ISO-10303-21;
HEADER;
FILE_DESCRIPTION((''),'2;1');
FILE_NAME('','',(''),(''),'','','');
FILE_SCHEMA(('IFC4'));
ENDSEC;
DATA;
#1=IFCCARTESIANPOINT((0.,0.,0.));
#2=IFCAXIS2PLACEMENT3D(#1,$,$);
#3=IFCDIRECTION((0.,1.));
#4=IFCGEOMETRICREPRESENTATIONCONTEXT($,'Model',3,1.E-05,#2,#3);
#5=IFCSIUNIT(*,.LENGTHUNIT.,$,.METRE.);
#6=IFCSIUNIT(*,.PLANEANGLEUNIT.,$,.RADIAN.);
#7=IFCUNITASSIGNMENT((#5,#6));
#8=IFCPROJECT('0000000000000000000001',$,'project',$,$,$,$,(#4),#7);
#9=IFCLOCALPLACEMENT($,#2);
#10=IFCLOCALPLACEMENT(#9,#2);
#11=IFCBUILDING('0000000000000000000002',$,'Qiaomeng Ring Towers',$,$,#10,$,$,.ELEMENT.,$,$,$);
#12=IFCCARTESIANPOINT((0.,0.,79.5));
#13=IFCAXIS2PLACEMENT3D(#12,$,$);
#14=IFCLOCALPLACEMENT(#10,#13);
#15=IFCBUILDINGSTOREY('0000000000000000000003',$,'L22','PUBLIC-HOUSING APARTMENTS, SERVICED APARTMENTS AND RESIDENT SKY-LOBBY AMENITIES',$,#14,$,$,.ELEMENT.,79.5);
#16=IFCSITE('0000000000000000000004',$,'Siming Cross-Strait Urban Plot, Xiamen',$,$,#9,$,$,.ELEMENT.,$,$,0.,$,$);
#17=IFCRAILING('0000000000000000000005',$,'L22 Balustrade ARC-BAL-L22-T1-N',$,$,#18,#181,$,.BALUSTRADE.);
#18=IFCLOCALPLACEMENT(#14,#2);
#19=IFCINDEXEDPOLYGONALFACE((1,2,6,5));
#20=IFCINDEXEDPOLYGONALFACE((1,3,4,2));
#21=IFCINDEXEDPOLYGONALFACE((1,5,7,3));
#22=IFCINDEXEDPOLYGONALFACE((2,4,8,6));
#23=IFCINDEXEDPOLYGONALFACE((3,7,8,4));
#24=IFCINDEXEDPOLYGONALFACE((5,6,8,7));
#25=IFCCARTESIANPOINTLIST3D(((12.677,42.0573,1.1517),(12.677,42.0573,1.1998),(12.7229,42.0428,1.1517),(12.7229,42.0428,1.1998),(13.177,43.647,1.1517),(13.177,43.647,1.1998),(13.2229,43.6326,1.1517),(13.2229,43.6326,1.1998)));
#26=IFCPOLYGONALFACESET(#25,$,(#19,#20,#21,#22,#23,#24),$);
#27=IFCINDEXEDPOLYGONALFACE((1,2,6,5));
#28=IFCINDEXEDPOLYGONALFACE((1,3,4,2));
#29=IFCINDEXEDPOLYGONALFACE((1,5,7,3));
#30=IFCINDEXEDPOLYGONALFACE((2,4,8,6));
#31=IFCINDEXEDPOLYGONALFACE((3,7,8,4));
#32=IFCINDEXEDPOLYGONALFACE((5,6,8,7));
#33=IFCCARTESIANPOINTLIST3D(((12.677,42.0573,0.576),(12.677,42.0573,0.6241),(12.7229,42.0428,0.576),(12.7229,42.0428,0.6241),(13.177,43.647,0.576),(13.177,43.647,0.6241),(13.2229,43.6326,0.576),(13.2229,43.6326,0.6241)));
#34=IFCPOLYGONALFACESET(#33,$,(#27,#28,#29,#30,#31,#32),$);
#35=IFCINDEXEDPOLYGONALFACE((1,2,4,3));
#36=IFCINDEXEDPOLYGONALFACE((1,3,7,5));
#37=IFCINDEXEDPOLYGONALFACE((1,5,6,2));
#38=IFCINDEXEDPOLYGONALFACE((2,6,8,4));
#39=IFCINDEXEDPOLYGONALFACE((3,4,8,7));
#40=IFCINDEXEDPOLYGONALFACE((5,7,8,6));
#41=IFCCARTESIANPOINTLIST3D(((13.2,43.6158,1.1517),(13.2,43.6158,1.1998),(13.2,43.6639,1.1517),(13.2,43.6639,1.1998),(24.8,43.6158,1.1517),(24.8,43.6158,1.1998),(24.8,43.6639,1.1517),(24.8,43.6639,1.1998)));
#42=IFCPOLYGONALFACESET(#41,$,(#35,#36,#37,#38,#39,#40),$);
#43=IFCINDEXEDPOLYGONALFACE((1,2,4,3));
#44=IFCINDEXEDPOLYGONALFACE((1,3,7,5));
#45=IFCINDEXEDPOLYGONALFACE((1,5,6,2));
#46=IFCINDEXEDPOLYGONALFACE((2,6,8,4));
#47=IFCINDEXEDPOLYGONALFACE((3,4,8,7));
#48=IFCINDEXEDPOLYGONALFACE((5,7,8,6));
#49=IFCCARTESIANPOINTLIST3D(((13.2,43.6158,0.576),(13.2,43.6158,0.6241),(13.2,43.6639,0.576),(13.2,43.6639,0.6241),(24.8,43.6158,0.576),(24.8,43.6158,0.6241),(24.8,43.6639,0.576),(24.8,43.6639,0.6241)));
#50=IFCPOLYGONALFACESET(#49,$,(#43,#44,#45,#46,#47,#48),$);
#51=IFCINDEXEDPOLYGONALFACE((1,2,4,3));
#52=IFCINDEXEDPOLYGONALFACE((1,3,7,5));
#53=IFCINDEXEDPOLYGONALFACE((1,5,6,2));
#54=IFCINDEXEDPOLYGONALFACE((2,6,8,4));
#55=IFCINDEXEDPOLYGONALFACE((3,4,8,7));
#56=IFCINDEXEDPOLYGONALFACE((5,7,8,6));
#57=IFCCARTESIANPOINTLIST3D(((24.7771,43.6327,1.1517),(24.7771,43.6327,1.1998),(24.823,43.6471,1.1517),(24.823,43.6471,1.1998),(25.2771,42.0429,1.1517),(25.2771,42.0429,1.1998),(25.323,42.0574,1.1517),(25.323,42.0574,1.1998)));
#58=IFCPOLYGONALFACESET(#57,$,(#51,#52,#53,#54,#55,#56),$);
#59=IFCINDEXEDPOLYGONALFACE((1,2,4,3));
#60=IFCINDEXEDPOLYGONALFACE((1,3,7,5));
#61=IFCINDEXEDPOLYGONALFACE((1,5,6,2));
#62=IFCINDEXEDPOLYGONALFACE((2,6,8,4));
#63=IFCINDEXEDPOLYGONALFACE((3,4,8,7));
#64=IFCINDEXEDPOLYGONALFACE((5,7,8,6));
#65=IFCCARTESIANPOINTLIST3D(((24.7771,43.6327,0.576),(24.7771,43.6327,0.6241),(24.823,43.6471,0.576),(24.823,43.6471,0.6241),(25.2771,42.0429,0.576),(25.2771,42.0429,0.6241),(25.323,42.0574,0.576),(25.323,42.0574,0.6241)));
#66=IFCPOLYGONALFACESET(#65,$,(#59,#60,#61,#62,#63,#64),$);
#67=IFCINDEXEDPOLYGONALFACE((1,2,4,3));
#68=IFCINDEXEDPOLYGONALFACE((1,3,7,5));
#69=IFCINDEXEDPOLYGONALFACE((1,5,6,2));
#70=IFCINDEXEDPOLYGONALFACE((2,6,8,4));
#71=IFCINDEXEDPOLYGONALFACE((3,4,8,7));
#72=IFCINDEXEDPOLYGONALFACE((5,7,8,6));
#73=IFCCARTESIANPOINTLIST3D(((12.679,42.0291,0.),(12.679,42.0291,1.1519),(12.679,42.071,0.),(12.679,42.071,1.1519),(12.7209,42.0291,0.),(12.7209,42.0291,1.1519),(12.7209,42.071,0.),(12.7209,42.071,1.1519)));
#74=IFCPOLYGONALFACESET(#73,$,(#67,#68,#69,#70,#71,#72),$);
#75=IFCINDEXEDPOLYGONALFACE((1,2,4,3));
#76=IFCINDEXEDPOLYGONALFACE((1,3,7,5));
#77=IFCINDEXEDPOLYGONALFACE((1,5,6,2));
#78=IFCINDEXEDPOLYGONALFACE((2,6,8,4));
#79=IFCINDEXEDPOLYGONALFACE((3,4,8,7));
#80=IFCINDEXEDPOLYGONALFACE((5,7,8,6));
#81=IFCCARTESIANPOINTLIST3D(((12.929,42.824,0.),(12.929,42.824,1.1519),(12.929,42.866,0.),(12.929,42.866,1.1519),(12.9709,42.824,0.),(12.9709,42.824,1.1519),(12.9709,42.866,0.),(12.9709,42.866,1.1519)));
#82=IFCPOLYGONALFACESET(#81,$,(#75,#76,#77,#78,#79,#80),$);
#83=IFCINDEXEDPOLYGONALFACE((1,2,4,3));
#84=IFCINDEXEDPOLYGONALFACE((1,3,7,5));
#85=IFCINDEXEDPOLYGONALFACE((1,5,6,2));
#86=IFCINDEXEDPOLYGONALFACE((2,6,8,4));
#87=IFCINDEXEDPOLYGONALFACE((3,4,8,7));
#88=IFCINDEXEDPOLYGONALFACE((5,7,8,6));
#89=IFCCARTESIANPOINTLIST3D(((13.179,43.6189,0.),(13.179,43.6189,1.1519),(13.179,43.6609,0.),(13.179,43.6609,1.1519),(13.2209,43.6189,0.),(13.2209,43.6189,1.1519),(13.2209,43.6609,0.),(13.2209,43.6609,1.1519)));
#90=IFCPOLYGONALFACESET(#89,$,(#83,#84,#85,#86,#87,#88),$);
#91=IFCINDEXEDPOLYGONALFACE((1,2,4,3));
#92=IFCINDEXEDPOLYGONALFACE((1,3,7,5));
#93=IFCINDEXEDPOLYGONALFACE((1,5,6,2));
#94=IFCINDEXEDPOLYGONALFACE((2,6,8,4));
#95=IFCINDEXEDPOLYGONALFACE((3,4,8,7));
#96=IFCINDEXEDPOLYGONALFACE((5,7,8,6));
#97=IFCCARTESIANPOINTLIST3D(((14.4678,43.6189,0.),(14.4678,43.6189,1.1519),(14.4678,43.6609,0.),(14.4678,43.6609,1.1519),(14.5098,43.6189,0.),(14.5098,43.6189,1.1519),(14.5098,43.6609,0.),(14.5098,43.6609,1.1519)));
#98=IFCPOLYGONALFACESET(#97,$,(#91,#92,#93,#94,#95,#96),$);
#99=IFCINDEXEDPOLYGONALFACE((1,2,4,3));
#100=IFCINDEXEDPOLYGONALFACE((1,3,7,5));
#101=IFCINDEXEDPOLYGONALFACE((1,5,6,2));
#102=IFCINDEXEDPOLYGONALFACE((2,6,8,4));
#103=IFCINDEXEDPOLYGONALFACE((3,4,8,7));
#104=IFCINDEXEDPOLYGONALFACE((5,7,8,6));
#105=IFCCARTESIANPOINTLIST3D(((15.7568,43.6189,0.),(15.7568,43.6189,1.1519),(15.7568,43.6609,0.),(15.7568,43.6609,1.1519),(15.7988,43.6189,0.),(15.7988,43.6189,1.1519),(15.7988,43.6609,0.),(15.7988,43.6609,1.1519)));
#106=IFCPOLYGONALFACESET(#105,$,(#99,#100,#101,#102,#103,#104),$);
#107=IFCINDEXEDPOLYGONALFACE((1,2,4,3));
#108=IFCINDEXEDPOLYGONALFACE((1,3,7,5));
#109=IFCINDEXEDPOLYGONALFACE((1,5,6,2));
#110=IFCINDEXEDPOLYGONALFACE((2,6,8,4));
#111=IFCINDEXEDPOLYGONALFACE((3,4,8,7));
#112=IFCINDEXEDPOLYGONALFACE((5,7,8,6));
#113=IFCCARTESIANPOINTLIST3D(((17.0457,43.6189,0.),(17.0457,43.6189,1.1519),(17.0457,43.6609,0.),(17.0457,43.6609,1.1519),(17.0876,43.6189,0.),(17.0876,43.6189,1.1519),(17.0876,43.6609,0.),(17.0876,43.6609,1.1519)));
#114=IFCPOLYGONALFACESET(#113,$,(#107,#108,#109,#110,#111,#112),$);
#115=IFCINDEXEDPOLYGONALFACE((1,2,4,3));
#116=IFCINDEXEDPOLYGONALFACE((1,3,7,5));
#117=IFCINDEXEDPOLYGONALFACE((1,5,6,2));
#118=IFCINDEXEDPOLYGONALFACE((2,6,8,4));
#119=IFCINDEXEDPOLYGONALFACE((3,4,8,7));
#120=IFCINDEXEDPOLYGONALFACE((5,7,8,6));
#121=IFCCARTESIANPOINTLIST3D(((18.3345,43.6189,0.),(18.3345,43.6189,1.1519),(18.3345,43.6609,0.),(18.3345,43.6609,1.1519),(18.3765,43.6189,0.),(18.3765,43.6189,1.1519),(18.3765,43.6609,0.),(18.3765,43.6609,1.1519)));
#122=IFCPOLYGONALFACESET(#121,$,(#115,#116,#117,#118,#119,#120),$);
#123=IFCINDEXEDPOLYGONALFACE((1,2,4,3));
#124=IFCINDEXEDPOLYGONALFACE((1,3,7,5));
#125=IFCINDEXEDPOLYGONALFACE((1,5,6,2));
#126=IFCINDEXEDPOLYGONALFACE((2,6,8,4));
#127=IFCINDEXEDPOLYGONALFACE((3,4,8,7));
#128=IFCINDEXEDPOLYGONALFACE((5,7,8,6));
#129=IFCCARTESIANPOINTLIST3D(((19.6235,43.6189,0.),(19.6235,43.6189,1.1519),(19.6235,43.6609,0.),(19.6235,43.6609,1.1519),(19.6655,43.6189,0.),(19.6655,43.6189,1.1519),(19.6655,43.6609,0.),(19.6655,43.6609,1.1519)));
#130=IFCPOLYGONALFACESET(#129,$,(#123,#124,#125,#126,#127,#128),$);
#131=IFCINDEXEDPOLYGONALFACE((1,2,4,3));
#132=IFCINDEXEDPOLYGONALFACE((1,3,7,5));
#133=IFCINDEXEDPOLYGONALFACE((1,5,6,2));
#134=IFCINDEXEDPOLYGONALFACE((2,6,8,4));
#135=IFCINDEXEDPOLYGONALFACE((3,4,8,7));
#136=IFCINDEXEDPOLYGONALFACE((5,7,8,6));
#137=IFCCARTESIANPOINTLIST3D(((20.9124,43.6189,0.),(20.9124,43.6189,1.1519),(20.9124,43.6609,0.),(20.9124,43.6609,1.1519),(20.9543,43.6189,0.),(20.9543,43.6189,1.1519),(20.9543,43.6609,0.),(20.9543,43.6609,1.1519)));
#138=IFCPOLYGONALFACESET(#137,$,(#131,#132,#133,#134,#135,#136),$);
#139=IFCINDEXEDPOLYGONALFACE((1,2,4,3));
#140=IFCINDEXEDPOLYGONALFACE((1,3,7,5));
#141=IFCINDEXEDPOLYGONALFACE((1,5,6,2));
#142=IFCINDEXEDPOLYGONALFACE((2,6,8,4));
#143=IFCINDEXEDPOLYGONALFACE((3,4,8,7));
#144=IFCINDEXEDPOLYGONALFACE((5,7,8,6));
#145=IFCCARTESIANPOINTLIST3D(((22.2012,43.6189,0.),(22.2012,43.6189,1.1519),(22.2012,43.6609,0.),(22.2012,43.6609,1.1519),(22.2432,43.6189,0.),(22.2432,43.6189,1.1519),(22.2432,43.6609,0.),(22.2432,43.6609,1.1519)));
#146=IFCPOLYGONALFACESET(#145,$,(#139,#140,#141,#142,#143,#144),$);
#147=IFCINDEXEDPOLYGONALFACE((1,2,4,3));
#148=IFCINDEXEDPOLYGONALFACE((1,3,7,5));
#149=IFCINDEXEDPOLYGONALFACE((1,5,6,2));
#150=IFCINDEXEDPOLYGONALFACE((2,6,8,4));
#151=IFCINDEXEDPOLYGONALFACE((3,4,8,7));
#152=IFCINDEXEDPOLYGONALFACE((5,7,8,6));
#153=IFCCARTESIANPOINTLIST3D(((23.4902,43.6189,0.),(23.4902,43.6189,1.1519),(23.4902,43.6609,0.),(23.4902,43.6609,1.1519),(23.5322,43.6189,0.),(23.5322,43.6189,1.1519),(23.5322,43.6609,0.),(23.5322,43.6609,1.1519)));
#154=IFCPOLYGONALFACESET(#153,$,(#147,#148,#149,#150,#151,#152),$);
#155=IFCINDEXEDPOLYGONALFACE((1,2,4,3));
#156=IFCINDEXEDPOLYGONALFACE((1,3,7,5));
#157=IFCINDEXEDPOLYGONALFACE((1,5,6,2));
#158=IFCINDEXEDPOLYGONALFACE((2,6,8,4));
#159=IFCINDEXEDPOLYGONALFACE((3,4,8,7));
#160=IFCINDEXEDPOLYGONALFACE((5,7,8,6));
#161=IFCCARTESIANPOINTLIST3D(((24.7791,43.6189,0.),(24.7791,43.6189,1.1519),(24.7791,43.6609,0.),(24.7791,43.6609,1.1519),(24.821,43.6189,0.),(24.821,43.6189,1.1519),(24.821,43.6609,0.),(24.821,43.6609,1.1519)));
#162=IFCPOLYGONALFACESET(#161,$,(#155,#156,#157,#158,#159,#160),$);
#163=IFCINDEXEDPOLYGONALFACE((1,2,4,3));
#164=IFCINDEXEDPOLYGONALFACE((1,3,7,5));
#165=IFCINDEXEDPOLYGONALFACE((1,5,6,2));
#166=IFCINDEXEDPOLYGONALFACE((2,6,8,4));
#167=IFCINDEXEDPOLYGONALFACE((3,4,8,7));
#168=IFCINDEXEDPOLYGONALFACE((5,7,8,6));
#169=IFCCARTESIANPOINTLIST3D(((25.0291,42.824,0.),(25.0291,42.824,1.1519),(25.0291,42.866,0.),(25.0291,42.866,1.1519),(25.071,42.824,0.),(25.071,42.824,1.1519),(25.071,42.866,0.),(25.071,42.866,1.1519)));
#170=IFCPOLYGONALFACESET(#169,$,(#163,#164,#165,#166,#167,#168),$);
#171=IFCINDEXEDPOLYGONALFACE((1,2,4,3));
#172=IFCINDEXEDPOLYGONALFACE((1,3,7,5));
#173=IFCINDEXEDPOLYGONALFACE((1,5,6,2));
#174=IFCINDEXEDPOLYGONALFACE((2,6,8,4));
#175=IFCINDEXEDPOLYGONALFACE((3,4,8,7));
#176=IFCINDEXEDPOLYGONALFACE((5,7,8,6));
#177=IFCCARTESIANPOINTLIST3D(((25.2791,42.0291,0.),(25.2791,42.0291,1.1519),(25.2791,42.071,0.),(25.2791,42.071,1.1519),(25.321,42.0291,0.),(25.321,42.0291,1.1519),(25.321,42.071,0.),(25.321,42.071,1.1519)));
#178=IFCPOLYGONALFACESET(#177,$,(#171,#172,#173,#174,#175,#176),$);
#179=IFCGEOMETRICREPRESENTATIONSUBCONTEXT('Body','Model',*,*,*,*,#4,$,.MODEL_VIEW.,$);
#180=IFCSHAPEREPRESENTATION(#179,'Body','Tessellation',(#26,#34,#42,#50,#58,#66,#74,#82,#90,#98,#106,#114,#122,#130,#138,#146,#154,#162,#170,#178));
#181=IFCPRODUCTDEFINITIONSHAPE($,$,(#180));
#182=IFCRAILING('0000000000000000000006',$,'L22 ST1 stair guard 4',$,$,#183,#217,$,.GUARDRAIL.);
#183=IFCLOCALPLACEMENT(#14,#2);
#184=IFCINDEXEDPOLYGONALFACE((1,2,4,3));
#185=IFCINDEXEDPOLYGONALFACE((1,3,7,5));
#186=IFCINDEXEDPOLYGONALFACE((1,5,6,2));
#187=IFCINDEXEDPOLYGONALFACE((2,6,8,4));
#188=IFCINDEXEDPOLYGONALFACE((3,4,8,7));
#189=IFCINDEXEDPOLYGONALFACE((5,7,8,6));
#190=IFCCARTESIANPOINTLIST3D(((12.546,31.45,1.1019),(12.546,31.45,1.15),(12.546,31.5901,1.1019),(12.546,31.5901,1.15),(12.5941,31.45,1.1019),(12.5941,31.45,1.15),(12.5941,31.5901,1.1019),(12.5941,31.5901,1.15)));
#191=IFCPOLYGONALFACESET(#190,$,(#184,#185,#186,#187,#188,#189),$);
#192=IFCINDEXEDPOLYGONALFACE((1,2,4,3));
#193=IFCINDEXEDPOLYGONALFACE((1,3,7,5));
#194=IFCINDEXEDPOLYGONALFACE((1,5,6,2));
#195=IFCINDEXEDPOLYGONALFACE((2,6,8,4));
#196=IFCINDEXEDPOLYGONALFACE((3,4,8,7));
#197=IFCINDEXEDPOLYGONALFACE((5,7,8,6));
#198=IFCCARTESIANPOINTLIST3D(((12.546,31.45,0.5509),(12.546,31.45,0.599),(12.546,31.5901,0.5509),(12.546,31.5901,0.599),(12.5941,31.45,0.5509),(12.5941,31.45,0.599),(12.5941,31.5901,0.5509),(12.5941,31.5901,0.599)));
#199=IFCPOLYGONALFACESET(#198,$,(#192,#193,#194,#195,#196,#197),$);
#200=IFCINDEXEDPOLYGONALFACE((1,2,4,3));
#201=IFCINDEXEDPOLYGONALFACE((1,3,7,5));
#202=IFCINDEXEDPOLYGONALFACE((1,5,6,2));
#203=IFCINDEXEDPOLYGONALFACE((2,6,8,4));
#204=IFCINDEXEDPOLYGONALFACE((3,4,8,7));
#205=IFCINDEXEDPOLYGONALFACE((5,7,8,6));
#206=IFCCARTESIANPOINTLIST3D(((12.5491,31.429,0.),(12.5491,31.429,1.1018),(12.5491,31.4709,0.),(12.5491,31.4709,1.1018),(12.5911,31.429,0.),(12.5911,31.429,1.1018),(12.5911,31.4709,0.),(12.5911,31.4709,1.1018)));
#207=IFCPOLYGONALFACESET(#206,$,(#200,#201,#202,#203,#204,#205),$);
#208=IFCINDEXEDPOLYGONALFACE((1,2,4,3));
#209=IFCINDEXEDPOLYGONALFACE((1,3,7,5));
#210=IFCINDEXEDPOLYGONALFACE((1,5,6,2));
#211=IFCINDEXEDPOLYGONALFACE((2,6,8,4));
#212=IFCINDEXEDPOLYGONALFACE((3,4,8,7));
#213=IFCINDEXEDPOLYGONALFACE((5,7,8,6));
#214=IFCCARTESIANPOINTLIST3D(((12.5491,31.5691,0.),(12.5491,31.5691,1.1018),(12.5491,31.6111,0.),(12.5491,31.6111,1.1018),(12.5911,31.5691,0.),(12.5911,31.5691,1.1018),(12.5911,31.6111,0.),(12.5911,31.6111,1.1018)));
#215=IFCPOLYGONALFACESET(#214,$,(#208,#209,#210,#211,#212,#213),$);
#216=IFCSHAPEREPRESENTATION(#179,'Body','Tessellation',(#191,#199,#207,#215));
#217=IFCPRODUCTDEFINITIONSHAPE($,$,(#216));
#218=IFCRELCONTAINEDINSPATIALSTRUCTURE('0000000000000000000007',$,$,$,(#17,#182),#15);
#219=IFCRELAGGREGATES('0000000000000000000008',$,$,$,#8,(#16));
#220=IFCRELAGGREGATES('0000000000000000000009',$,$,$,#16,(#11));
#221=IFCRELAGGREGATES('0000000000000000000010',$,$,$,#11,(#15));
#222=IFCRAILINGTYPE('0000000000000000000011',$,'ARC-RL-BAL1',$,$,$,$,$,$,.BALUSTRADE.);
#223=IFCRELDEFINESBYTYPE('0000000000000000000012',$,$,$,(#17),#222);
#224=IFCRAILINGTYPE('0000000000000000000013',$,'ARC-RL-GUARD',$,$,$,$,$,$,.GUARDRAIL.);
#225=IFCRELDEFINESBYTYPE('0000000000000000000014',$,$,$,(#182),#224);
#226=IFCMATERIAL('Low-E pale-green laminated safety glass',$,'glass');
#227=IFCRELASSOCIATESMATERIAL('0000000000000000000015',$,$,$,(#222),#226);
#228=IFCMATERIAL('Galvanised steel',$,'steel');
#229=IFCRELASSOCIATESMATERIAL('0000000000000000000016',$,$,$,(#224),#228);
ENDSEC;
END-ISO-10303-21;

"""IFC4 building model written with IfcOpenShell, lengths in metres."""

from ifc_helpers import new_model, si_unit, direction, frame, origin, origin_2d, place, context, subcontext, project, spatial, rectangle, extrude, material, type_object, element, save


model = new_model("IFC4")

# Units and contexts
model_context = context("Model", 3, precision=1e-05, world=origin(), true_north=direction((0.0, 1.0)))
body_context = subcontext(model_context, "Body", "Model", "MODEL_VIEW")
ifc_project = project(units=[si_unit("LENGTHUNIT", "METRE"), si_unit("PLANEANGLEUNIT", "RADIAN")], contexts=[model_context])

# Site, building, storey
site_placement = place(None, origin())
site = spatial("IfcSite", under=ifc_project, at=site_placement, Name="Siming Cross-Strait Urban Plot, Xiamen", CompositionType="ELEMENT", RefElevation=0.0)
building_placement = place(site_placement, origin())
building = spatial("IfcBuilding", under=site, at=building_placement, Name="Qiaomeng Ring Towers", CompositionType="ELEMENT")
storey_placement = place(building_placement, frame((0.0, 0.0, 79.5)))
storey = spatial("IfcBuildingStorey", under=building, at=storey_placement, Name="L22", Description="PUBLIC-HOUSING APARTMENTS, SERVICED APARTMENTS AND RESIDENT SKY-LOBBY AMENITIES", CompositionType="ELEMENT", Elevation=79.5)

# Shared definitions
ifc_material_1 = material(Name="Galvanised steel", Category="steel")

# Railings
ifc_material_2 = material(Name="Low-E pale-green laminated safety glass", Category="glass")
railing_type_1 = type_object("IfcRailingType", Name="ARC-RL-BAL1", PredefinedType="BALUSTRADE", material=ifc_material_2)
railing_1_placement = place(storey_placement, frame((12.7, 42.05, 0.0)))
element("IfcRailing", 1, at=railing_1_placement, inside=storey, type_object=railing_type_1, Name="L22 Balustrade ARC-BAL-L22-T1-N", PredefinedType="BALUSTRADE", context=body_context, shape_type="SweptSolid", body=[
    extrude(rectangle(XDim=0.0481, YDim=0.0481, at=origin_2d()), frame((0.0, 0.0, 1.1758), z_axis=(0.300009, 0.953936, 0.0), x_axis=(-0.953936, 0.300009, 0.0)), (0.0, 0.0, 1.0), 1.6665),
    extrude(rectangle(XDim=0.0481, YDim=0.0481, at=origin_2d()), frame((0.0, 0.0, 0.6001), z_axis=(0.300009, 0.953936, 0.0), x_axis=(-0.953936, 0.300009, 0.0)), (0.0, 0.0, 1.0), 1.6665),
    extrude(rectangle(XDim=0.0481, YDim=0.0481, at=origin_2d()), frame((0.5, 1.5898, 1.1758), z_axis=(1.0, 0.0, 0.0), x_axis=(0.0, 1.0, 0.0)), (0.0, 0.0, 1.0), 11.6001),
    extrude(rectangle(XDim=0.0481, YDim=0.0481, at=origin_2d()), frame((0.5, 1.5898, 0.6001), z_axis=(1.0, 0.0, 0.0), x_axis=(0.0, 1.0, 0.0)), (0.0, 0.0, 1.0), 11.6001),
    extrude(rectangle(XDim=0.0481, YDim=0.0481, at=origin_2d()), frame((12.1001, 1.5898, 1.1758), z_axis=(0.300009, -0.953936, 0.0), x_axis=(0.953936, 0.300009, 0.0)), (0.0, 0.0, 1.0), 1.6665),
    extrude(rectangle(XDim=0.0481, YDim=0.0481, at=origin_2d()), frame((12.1001, 1.5898, 0.6001), z_axis=(0.300009, -0.953936, 0.0), x_axis=(0.953936, 0.300009, 0.0)), (0.0, 0.0, 1.0), 1.6665),
    extrude(rectangle(XDim=0.042, YDim=0.042, at=origin_2d()), origin(), (0.0, 0.0, 1.0), 1.1519),
    extrude(rectangle(XDim=0.042, YDim=0.042, at=origin_2d()), frame((0.25, 0.7949, 0.0)), (0.0, 0.0, 1.0), 1.1519),
    extrude(rectangle(XDim=0.042, YDim=0.042, at=origin_2d()), frame((0.5, 1.5898, 0.0)), (0.0, 0.0, 1.0), 1.1519),
    extrude(rectangle(XDim=0.042, YDim=0.042, at=origin_2d()), frame((1.7888, 1.5898, 0.0)), (0.0, 0.0, 1.0), 1.1519),
    extrude(rectangle(XDim=0.042, YDim=0.042, at=origin_2d()), frame((3.0779, 1.5898, 0.0)), (0.0, 0.0, 1.0), 1.1519),
    extrude(rectangle(XDim=0.042, YDim=0.042, at=origin_2d()), frame((4.3667, 1.5898, 0.0)), (0.0, 0.0, 1.0), 1.1519),
    extrude(rectangle(XDim=0.042, YDim=0.042, at=origin_2d()), frame((5.6555, 1.5898, 0.0)), (0.0, 0.0, 1.0), 1.1519),
    extrude(rectangle(XDim=0.042, YDim=0.042, at=origin_2d()), frame((6.9446, 1.5898, 0.0)), (0.0, 0.0, 1.0), 1.1519),
    extrude(rectangle(XDim=0.042, YDim=0.042, at=origin_2d()), frame((8.2334, 1.5898, 0.0)), (0.0, 0.0, 1.0), 1.1519),
    extrude(rectangle(XDim=0.042, YDim=0.042, at=origin_2d()), frame((9.5222, 1.5898, 0.0)), (0.0, 0.0, 1.0), 1.1519),
    extrude(rectangle(XDim=0.042, YDim=0.042, at=origin_2d()), frame((10.8113, 1.5898, 0.0)), (0.0, 0.0, 1.0), 1.1519),
    extrude(rectangle(XDim=0.042, YDim=0.042, at=origin_2d()), frame((12.1001, 1.5898, 0.0)), (0.0, 0.0, 1.0), 1.1519),
    extrude(rectangle(XDim=0.042, YDim=0.042, at=origin_2d()), frame((12.3501, 0.7949, 0.0)), (0.0, 0.0, 1.0), 1.1519),
    extrude(rectangle(XDim=0.042, YDim=0.042, at=origin_2d()), frame((12.6001, 0.0, 0.0)), (0.0, 0.0, 1.0), 1.1519),
])
railing_type_2 = type_object("IfcRailingType", Name="ARC-RL-GUARD", PredefinedType="GUARDRAIL", material=ifc_material_1)
railing_2_placement = place(storey_placement, frame((12.5701, 31.45, 0.0)))
element("IfcRailing", 2, at=railing_2_placement, inside=storey, type_object=railing_type_2, Name="L22 ST1 stair guard 4", PredefinedType="GUARDRAIL", context=body_context, shape_type="SweptSolid", body=[
    extrude(rectangle(XDim=0.0481, YDim=0.0481, at=origin_2d()), frame((0.0, 0.0, 1.126), z_axis=(0.0, 1.0, 0.0), x_axis=(-1.0, 0.0, 0.0)), (0.0, 0.0, 1.0), 0.1401),
    extrude(rectangle(XDim=0.0481, YDim=0.0481, at=origin_2d()), frame((0.0, 0.0, 0.575), z_axis=(0.0, 1.0, 0.0), x_axis=(-1.0, 0.0, 0.0)), (0.0, 0.0, 1.0), 0.1401),
    extrude(rectangle(XDim=0.042, YDim=0.042, at=origin_2d()), origin(), (0.0, 0.0, 1.0), 1.1018),
    extrude(rectangle(XDim=0.042, YDim=0.042, at=origin_2d()), frame((0.0, 0.1401, 0.0)), (0.0, 0.0, 1.0), 1.1018),
])

save(model, "model.ifc")
